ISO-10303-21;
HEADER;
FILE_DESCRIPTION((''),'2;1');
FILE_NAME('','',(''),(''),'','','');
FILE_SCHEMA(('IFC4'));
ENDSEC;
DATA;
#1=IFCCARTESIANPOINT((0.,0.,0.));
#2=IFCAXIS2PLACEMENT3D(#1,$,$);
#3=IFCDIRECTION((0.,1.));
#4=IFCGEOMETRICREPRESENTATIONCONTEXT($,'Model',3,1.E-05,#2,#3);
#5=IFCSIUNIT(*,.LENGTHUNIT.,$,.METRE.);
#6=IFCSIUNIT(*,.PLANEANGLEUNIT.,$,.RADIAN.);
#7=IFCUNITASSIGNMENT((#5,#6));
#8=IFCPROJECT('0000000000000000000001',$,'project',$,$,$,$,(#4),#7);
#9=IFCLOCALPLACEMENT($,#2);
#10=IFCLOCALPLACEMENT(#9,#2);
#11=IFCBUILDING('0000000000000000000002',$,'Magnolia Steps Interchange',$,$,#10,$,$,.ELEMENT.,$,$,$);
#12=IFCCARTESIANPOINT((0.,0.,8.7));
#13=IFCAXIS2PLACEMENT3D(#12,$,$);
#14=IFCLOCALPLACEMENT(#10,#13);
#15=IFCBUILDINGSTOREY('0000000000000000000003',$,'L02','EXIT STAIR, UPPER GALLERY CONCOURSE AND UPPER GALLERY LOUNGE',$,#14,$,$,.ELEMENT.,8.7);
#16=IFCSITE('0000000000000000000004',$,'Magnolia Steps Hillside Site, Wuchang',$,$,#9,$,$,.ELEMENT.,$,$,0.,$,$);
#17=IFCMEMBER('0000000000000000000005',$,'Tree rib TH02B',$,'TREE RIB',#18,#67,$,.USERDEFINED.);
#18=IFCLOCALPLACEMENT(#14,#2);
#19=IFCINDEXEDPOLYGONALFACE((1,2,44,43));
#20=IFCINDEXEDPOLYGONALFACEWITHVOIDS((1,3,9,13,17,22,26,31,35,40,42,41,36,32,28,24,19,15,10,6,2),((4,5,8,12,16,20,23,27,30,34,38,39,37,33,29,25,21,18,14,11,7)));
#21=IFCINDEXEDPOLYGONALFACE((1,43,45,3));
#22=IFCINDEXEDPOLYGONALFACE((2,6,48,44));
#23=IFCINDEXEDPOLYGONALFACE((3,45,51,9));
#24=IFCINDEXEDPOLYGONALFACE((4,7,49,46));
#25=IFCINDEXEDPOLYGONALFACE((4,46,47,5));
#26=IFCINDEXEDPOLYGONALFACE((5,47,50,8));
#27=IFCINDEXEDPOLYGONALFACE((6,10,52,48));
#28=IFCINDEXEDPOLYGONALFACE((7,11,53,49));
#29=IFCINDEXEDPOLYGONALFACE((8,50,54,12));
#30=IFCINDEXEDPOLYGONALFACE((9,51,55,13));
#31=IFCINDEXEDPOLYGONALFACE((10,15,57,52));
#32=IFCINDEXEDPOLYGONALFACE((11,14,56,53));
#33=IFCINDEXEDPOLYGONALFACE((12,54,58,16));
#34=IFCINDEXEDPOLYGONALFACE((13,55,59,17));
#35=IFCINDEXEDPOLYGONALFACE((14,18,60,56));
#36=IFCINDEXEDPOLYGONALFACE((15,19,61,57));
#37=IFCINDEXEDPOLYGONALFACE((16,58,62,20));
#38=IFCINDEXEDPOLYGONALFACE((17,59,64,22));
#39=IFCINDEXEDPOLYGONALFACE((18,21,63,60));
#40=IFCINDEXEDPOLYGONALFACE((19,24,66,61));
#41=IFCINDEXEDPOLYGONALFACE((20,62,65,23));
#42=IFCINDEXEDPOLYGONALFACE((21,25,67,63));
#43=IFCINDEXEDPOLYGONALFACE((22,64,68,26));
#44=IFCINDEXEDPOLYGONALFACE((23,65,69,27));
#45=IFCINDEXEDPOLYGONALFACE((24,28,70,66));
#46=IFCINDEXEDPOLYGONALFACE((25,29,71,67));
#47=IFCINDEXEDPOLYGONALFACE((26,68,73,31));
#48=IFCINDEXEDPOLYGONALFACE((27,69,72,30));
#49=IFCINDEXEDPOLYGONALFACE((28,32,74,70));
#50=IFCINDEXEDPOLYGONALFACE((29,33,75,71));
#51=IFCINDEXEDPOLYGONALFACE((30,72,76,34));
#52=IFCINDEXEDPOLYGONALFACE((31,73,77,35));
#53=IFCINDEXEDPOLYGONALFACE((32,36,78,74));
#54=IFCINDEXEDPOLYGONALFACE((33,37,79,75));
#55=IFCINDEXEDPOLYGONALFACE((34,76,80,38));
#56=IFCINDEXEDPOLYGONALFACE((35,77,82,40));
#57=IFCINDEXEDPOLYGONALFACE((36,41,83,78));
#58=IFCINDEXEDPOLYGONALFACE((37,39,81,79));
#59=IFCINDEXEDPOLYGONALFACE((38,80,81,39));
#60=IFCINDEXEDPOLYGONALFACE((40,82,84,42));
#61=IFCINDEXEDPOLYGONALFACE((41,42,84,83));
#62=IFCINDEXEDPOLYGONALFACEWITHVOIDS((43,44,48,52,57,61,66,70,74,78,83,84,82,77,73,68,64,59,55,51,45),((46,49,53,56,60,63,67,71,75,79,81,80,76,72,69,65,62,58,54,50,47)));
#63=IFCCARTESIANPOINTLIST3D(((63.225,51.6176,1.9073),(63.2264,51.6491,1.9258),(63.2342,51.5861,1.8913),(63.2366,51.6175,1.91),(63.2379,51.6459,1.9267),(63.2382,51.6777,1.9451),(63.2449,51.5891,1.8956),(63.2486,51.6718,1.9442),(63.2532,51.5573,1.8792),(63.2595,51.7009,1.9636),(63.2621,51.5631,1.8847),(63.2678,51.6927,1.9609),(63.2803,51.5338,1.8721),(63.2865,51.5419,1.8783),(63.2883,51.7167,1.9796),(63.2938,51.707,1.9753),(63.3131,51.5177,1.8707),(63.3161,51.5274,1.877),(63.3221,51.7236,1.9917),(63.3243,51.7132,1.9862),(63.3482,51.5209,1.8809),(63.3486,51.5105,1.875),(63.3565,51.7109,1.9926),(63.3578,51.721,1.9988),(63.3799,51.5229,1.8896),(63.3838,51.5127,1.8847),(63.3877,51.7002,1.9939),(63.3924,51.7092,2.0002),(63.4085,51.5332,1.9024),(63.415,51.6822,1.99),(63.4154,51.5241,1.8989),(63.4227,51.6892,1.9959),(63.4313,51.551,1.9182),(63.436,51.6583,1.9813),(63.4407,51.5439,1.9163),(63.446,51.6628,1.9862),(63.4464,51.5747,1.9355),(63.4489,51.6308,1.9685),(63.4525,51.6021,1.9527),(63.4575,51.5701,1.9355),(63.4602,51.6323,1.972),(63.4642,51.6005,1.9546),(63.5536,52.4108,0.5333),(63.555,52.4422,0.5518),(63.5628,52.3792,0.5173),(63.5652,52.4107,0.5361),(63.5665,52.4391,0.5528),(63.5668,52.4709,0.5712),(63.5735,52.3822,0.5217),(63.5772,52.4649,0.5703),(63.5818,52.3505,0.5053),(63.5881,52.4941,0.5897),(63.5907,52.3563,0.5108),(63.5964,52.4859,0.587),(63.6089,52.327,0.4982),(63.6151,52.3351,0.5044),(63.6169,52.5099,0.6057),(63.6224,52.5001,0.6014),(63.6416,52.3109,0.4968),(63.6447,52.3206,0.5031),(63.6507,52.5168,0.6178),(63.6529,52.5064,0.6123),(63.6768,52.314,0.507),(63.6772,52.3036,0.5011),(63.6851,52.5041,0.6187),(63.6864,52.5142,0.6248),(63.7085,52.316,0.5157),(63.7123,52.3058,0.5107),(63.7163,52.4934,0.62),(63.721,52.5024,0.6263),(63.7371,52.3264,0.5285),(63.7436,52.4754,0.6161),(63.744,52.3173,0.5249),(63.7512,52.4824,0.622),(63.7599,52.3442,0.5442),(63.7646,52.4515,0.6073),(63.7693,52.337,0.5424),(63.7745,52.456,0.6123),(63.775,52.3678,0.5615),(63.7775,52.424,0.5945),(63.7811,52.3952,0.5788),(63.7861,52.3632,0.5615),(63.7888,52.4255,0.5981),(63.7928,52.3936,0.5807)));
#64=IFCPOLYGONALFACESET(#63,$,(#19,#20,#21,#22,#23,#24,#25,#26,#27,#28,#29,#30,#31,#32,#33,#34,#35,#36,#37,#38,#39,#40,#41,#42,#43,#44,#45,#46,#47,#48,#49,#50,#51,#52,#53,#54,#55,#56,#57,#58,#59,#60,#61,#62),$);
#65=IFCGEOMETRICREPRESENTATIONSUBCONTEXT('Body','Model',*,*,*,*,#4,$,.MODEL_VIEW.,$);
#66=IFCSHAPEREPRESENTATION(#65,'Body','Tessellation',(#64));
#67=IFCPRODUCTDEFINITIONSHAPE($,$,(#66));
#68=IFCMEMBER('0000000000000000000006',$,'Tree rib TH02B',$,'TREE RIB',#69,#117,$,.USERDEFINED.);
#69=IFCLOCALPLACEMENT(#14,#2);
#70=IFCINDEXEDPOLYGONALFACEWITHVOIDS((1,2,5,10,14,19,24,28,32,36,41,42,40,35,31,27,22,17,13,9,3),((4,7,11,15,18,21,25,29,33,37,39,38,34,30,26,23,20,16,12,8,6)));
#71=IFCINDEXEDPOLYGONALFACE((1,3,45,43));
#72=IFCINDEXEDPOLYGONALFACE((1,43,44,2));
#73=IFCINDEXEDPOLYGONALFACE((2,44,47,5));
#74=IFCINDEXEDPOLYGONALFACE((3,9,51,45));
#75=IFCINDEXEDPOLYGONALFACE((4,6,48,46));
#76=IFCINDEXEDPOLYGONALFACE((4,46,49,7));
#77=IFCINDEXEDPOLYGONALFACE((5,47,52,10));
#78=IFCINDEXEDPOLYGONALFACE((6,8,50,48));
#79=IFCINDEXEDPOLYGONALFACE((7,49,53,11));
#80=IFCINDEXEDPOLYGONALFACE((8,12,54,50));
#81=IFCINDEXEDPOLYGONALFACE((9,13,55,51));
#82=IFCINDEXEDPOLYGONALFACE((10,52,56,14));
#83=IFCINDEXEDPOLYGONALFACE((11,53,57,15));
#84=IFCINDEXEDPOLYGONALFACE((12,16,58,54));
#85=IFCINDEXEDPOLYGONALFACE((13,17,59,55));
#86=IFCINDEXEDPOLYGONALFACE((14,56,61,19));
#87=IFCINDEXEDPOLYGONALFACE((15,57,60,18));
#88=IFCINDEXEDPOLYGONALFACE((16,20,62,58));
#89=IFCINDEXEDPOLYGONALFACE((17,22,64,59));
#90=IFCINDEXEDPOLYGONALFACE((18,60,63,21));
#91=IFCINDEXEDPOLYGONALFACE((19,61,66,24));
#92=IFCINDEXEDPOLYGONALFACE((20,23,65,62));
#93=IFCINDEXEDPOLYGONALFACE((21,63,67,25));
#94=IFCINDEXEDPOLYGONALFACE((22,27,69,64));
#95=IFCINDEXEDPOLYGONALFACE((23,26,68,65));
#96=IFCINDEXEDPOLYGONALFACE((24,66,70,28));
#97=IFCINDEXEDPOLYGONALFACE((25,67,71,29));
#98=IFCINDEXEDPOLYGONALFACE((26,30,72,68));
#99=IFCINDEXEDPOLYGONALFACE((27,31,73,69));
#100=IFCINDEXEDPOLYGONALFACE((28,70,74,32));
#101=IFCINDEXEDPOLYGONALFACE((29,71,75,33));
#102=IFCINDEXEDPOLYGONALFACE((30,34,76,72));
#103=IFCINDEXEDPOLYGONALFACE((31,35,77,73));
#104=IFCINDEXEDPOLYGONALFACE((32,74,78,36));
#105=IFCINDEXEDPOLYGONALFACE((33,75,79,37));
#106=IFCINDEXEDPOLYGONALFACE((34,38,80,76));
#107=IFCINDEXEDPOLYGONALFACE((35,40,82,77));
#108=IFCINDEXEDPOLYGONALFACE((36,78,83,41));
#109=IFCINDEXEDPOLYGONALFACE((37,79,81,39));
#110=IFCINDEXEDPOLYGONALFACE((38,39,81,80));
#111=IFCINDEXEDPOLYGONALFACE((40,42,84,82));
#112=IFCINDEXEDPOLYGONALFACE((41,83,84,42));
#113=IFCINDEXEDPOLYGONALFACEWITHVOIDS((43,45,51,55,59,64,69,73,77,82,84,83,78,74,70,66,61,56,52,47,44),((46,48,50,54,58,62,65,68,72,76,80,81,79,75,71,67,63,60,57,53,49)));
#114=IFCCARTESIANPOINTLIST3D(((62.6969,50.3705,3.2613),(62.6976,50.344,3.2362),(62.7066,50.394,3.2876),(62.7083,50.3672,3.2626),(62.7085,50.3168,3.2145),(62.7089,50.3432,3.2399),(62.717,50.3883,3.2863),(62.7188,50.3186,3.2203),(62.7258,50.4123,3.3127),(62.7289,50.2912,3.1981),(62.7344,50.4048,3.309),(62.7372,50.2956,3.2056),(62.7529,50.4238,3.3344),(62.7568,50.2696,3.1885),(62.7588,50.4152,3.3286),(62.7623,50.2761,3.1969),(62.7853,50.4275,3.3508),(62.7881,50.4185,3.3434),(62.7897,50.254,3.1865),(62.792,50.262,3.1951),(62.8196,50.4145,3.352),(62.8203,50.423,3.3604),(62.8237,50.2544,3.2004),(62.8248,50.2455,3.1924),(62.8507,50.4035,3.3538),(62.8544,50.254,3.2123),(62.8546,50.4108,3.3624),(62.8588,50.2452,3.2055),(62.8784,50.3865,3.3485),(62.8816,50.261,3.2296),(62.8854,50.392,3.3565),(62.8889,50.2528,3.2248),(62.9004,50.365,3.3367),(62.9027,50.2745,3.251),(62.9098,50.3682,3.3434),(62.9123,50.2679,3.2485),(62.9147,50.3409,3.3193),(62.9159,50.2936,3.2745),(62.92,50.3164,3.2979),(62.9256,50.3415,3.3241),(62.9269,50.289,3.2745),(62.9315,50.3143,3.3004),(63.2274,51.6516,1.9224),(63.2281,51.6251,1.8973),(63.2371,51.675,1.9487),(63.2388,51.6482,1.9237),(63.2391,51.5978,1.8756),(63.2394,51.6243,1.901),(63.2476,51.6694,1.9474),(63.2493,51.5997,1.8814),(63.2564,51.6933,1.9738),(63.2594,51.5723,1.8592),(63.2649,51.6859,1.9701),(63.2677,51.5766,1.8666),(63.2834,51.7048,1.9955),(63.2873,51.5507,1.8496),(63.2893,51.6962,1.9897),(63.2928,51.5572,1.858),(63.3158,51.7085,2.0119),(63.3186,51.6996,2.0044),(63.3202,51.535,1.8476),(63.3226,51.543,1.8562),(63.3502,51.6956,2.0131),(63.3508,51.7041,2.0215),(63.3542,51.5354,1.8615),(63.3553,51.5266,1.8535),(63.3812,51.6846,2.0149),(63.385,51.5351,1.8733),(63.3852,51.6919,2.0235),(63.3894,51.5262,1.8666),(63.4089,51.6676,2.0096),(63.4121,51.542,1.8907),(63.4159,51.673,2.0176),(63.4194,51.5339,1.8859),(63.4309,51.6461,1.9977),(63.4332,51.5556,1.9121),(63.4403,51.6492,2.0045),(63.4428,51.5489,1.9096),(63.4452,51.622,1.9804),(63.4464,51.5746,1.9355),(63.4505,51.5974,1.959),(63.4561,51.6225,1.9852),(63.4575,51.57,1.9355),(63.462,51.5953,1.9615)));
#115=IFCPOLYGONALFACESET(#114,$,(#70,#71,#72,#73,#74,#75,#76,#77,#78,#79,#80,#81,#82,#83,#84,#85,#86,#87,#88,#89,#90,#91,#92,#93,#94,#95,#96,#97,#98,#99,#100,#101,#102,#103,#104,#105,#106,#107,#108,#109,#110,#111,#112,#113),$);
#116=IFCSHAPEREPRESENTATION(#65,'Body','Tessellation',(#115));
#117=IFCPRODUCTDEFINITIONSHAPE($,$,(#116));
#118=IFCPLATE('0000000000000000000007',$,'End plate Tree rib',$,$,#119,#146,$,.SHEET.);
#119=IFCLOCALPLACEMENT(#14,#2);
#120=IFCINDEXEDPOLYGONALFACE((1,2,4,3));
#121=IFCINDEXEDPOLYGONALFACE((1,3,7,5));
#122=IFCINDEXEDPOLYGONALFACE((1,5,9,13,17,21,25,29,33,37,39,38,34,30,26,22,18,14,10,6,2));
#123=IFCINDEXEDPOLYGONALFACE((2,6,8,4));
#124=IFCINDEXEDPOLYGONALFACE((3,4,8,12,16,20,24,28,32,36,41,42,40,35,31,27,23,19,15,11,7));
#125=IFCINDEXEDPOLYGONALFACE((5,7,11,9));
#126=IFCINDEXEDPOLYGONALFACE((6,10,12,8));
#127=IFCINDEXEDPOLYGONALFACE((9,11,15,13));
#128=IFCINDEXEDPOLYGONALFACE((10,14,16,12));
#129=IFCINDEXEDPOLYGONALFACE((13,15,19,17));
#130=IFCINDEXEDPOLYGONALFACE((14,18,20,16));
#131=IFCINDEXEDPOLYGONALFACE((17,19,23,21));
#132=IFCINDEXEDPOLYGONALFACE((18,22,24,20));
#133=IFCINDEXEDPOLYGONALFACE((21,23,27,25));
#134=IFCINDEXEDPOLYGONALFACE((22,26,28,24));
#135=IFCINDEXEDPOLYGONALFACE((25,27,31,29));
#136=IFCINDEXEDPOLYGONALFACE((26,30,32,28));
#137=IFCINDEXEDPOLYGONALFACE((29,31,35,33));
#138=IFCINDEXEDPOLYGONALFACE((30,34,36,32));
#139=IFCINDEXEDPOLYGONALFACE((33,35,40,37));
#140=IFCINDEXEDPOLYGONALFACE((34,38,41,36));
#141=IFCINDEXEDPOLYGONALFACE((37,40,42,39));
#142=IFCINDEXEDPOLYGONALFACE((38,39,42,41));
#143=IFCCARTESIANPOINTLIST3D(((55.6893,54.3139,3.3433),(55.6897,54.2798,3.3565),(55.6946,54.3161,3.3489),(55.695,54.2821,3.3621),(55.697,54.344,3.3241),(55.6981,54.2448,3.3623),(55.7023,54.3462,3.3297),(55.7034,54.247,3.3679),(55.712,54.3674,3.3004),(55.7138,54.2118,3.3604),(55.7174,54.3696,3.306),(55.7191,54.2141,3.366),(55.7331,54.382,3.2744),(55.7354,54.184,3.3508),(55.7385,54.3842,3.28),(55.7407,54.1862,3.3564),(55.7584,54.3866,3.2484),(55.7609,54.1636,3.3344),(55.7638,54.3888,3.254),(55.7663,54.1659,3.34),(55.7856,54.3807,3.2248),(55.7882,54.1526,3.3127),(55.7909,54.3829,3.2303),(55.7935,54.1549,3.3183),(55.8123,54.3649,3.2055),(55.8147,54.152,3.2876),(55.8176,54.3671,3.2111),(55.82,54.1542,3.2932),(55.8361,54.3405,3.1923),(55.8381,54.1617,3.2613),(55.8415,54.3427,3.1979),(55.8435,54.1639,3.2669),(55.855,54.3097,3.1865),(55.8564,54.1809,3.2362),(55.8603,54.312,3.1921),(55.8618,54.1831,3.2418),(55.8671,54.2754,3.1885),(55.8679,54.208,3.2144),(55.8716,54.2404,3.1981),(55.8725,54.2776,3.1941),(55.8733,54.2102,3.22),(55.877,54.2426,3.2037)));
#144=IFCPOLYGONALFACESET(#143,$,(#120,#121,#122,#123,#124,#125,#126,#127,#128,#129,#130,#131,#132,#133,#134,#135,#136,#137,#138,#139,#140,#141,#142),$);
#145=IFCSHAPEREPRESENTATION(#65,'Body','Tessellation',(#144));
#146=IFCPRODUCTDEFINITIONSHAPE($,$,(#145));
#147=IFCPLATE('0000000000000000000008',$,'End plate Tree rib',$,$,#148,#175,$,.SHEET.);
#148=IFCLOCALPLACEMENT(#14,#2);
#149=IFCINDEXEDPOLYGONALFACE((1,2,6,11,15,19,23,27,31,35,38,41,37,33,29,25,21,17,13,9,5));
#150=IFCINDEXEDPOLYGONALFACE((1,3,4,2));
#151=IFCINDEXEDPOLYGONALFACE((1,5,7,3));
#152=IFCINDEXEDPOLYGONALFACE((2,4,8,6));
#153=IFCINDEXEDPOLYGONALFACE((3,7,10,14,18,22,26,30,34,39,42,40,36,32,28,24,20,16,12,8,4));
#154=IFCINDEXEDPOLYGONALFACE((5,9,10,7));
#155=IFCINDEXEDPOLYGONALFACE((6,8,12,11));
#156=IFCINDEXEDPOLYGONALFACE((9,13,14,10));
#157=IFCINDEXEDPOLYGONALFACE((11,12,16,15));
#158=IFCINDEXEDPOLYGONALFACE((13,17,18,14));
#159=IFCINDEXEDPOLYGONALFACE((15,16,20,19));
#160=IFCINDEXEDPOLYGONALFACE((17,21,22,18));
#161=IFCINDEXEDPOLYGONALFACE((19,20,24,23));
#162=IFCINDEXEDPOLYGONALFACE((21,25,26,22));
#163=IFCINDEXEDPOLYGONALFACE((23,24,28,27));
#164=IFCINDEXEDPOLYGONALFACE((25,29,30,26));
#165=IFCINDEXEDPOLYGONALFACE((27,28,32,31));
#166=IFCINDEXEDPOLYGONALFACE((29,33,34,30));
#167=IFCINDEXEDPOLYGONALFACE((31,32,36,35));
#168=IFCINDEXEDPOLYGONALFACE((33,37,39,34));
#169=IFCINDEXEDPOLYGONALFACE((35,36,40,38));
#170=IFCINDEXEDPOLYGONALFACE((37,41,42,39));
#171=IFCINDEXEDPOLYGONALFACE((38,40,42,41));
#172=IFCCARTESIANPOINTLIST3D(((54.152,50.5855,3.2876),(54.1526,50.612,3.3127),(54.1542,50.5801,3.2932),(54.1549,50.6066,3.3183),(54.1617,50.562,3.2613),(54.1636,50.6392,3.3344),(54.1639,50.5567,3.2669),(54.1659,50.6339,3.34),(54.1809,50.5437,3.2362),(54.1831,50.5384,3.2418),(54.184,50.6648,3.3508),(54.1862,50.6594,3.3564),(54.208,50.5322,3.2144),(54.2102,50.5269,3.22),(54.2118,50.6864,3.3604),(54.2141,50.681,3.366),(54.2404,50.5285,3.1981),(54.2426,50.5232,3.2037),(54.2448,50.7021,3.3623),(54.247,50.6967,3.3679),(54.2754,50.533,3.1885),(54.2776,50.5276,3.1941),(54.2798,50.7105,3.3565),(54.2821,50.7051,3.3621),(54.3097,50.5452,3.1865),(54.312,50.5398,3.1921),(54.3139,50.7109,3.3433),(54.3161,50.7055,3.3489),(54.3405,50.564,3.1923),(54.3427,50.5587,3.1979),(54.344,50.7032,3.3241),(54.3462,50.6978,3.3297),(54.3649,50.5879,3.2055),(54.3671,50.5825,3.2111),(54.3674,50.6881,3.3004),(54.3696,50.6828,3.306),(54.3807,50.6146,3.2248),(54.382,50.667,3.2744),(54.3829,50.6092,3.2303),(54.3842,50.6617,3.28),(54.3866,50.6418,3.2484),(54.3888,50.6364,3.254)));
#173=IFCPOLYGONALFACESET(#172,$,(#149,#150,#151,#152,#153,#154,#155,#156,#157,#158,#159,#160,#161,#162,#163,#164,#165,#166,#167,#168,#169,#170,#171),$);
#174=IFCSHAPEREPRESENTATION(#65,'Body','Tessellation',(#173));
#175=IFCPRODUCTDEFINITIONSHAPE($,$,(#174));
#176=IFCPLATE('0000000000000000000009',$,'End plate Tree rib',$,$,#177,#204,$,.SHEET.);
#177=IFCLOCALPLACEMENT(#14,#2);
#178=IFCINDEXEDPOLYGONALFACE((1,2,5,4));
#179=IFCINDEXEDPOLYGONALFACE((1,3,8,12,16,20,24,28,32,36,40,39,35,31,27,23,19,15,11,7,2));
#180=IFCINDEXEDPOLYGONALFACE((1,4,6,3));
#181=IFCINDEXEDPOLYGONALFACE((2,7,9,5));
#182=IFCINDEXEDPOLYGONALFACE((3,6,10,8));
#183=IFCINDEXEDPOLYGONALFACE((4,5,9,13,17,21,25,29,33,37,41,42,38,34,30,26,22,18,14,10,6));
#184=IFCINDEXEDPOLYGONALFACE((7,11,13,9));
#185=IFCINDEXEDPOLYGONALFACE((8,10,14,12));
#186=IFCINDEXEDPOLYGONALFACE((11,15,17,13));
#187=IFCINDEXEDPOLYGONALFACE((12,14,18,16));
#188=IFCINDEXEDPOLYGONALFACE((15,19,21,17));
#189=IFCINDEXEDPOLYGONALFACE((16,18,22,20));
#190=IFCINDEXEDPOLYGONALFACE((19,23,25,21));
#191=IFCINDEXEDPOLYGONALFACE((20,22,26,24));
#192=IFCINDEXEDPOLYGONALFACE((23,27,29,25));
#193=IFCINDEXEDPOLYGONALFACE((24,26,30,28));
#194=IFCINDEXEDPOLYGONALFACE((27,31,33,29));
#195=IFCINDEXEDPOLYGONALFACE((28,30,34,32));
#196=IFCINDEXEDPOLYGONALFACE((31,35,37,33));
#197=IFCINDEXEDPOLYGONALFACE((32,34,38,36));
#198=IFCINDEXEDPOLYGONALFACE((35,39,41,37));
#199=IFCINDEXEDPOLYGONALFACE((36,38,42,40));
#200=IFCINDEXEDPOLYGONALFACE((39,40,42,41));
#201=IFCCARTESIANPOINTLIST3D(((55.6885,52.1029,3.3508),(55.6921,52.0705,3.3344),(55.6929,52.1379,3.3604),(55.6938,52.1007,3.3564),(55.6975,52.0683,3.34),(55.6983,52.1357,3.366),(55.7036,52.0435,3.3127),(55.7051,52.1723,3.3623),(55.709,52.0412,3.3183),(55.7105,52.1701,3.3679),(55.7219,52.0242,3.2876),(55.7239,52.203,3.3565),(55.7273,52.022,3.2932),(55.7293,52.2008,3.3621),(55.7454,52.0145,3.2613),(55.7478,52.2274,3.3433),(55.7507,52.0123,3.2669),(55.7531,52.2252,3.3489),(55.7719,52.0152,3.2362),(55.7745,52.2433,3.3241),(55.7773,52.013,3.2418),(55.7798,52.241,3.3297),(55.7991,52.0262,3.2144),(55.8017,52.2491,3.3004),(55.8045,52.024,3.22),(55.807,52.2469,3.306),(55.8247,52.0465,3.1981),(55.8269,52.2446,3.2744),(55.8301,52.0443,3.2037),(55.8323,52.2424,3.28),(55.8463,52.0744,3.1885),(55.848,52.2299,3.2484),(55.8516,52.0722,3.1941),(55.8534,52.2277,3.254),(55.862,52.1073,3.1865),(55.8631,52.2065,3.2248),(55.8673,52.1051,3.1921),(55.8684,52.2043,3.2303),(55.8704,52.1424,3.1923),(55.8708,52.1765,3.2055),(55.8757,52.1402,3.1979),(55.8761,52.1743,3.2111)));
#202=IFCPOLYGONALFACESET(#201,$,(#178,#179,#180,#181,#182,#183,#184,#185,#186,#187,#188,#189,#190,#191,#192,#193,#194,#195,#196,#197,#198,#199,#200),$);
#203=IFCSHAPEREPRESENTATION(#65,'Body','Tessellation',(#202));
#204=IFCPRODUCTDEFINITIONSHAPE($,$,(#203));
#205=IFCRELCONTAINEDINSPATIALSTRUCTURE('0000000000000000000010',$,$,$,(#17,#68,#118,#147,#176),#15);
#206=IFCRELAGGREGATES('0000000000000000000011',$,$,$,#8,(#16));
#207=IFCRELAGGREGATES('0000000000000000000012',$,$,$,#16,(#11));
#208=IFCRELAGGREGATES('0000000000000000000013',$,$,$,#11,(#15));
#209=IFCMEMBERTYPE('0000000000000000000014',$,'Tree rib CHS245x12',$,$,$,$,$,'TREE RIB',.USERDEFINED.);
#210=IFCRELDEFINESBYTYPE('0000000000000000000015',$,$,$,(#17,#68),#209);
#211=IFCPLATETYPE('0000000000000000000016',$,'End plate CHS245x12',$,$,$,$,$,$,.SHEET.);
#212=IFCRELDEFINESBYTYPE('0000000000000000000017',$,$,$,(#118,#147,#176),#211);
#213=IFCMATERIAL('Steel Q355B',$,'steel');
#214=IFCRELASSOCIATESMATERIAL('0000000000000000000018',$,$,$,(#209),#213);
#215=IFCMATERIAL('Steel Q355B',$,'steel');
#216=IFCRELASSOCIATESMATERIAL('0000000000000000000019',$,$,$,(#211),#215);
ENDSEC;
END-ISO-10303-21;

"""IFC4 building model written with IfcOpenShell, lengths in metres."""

from ifc_helpers import new_model, si_unit, direction, frame, origin, origin_2d, place, context, subcontext, project, spatial, circle, hollow_circle, extrude, material, material_profile, profile_set, type_object, element, save


model = new_model("IFC4")

# Units and contexts
model_context = context("Model", 3, precision=1e-05, world=origin(), true_north=direction((0.0, 1.0)))
body_context = subcontext(model_context, "Body", "Model", "MODEL_VIEW")
ifc_project = project(units=[si_unit("LENGTHUNIT", "METRE"), si_unit("PLANEANGLEUNIT", "RADIAN")], contexts=[model_context])

# Site, building, storey
site_placement = place(None, origin())
site = spatial("IfcSite", under=ifc_project, at=site_placement, Name="Magnolia Steps Hillside Site, Wuchang", CompositionType="ELEMENT", RefElevation=0.0)
building_placement = place(site_placement, origin())
building = spatial("IfcBuilding", under=site, at=building_placement, Name="Magnolia Steps Interchange", CompositionType="ELEMENT")
storey_placement = place(building_placement, frame((0.0, 0.0, 8.7)))
storey = spatial("IfcBuildingStorey", under=building, at=storey_placement, Name="L02", Description="EXIT STAIR, UPPER GALLERY CONCOURSE AND UPPER GALLERY LOUNGE", CompositionType="ELEMENT", Elevation=8.7)

# Members
ifc_material_1 = material(Name="Steel Q355B", Category="steel")
ifc_material_profile_1 = material_profile(ifc_material_1, hollow_circle(Radius=0.1226, WallThickness=0.012, at=origin_2d()), Name="CHS245x12")
ifc_profile_set_1 = profile_set([ifc_material_profile_1], Name="Steel Q355B")
member_type = type_object("IfcMemberType", Name="Tree rib CHS245x12", ElementType="TREE RIB", PredefinedType="USERDEFINED", material=ifc_profile_set_1)
member_1_placement = place(storey_placement, frame((63.6729, 52.4102, 0.5615), z_axis=(-0.20282, -0.489571, 0.848047), x_axis=(0.923857, -0.382737, 0.0)))
element("IfcMember", 1, at=member_1_placement, inside=storey, type_object=member_type, Name="Tree rib TH02B", ObjectType="TREE RIB", PredefinedType="USERDEFINED", context=body_context, shape_type="SweptSolid", body=[
    extrude(hollow_circle(Radius=0.1226, WallThickness=0.012, at=origin_2d()), origin(), (0.0, 0.0, 1.0), 1.6201),
])
member_2_placement = place(storey_placement, frame((63.3442, 51.6169, 1.9355), z_axis=(-0.275246, -0.664618, 0.694638), x_axis=(0.923903, -0.382627, 0.0)))
element("IfcMember", 2, at=member_2_placement, inside=storey, type_object=member_type, Name="Tree rib TH02B", ObjectType="TREE RIB", PredefinedType="USERDEFINED", context=body_context, shape_type="SweptSolid", body=[
    extrude(hollow_circle(Radius=0.1226, WallThickness=0.012, at=origin_2d()), origin(), (0.0, 0.0, 1.0), 1.9275),
])

# Plates
ifc_material_2 = material(Name="Steel Q355B", Category="steel")
ifc_material_profile_2 = material_profile(ifc_material_2, circle(Radius=0.1226, at=origin_2d()), Name="End plate CHS245x12")
ifc_profile_set_2 = profile_set([ifc_material_profile_2], Name="Steel Q355B")
plate_type = type_object("IfcPlateType", Name="End plate CHS245x12", PredefinedType="SHEET", material=ifc_profile_set_2)
for number, where, z_axis, x_axis, name in (
    (3, (55.78, 54.2688, 3.2744), (0.664583, 0.275279, 0.694658), (-0.382683, 0.92388, 0.0), "End plate Tree rib"),
    (4, (54.2688, 50.6201, 3.2744), (0.275279, -0.664583, 0.694658), (0.92388, 0.382683, 0.0), "End plate Tree rib"),
    (5, (55.78, 52.1313, 3.2744), (0.664583, -0.275279, 0.694658), (0.382683, 0.92388, 0.0), "End plate Tree rib"),
):
    element("IfcPlate", number, at=place(storey_placement, frame(where, z_axis=z_axis, x_axis=x_axis)), inside=storey, type_object=plate_type, Name=name, PredefinedType="SHEET", context=body_context, shape_type="SweptSolid", body=[
        extrude(circle(Radius=0.1226, at=origin_2d()), origin(), (0.0, 0.0, 1.0), 0.0081),
    ])

save(model, "model.ifc")
